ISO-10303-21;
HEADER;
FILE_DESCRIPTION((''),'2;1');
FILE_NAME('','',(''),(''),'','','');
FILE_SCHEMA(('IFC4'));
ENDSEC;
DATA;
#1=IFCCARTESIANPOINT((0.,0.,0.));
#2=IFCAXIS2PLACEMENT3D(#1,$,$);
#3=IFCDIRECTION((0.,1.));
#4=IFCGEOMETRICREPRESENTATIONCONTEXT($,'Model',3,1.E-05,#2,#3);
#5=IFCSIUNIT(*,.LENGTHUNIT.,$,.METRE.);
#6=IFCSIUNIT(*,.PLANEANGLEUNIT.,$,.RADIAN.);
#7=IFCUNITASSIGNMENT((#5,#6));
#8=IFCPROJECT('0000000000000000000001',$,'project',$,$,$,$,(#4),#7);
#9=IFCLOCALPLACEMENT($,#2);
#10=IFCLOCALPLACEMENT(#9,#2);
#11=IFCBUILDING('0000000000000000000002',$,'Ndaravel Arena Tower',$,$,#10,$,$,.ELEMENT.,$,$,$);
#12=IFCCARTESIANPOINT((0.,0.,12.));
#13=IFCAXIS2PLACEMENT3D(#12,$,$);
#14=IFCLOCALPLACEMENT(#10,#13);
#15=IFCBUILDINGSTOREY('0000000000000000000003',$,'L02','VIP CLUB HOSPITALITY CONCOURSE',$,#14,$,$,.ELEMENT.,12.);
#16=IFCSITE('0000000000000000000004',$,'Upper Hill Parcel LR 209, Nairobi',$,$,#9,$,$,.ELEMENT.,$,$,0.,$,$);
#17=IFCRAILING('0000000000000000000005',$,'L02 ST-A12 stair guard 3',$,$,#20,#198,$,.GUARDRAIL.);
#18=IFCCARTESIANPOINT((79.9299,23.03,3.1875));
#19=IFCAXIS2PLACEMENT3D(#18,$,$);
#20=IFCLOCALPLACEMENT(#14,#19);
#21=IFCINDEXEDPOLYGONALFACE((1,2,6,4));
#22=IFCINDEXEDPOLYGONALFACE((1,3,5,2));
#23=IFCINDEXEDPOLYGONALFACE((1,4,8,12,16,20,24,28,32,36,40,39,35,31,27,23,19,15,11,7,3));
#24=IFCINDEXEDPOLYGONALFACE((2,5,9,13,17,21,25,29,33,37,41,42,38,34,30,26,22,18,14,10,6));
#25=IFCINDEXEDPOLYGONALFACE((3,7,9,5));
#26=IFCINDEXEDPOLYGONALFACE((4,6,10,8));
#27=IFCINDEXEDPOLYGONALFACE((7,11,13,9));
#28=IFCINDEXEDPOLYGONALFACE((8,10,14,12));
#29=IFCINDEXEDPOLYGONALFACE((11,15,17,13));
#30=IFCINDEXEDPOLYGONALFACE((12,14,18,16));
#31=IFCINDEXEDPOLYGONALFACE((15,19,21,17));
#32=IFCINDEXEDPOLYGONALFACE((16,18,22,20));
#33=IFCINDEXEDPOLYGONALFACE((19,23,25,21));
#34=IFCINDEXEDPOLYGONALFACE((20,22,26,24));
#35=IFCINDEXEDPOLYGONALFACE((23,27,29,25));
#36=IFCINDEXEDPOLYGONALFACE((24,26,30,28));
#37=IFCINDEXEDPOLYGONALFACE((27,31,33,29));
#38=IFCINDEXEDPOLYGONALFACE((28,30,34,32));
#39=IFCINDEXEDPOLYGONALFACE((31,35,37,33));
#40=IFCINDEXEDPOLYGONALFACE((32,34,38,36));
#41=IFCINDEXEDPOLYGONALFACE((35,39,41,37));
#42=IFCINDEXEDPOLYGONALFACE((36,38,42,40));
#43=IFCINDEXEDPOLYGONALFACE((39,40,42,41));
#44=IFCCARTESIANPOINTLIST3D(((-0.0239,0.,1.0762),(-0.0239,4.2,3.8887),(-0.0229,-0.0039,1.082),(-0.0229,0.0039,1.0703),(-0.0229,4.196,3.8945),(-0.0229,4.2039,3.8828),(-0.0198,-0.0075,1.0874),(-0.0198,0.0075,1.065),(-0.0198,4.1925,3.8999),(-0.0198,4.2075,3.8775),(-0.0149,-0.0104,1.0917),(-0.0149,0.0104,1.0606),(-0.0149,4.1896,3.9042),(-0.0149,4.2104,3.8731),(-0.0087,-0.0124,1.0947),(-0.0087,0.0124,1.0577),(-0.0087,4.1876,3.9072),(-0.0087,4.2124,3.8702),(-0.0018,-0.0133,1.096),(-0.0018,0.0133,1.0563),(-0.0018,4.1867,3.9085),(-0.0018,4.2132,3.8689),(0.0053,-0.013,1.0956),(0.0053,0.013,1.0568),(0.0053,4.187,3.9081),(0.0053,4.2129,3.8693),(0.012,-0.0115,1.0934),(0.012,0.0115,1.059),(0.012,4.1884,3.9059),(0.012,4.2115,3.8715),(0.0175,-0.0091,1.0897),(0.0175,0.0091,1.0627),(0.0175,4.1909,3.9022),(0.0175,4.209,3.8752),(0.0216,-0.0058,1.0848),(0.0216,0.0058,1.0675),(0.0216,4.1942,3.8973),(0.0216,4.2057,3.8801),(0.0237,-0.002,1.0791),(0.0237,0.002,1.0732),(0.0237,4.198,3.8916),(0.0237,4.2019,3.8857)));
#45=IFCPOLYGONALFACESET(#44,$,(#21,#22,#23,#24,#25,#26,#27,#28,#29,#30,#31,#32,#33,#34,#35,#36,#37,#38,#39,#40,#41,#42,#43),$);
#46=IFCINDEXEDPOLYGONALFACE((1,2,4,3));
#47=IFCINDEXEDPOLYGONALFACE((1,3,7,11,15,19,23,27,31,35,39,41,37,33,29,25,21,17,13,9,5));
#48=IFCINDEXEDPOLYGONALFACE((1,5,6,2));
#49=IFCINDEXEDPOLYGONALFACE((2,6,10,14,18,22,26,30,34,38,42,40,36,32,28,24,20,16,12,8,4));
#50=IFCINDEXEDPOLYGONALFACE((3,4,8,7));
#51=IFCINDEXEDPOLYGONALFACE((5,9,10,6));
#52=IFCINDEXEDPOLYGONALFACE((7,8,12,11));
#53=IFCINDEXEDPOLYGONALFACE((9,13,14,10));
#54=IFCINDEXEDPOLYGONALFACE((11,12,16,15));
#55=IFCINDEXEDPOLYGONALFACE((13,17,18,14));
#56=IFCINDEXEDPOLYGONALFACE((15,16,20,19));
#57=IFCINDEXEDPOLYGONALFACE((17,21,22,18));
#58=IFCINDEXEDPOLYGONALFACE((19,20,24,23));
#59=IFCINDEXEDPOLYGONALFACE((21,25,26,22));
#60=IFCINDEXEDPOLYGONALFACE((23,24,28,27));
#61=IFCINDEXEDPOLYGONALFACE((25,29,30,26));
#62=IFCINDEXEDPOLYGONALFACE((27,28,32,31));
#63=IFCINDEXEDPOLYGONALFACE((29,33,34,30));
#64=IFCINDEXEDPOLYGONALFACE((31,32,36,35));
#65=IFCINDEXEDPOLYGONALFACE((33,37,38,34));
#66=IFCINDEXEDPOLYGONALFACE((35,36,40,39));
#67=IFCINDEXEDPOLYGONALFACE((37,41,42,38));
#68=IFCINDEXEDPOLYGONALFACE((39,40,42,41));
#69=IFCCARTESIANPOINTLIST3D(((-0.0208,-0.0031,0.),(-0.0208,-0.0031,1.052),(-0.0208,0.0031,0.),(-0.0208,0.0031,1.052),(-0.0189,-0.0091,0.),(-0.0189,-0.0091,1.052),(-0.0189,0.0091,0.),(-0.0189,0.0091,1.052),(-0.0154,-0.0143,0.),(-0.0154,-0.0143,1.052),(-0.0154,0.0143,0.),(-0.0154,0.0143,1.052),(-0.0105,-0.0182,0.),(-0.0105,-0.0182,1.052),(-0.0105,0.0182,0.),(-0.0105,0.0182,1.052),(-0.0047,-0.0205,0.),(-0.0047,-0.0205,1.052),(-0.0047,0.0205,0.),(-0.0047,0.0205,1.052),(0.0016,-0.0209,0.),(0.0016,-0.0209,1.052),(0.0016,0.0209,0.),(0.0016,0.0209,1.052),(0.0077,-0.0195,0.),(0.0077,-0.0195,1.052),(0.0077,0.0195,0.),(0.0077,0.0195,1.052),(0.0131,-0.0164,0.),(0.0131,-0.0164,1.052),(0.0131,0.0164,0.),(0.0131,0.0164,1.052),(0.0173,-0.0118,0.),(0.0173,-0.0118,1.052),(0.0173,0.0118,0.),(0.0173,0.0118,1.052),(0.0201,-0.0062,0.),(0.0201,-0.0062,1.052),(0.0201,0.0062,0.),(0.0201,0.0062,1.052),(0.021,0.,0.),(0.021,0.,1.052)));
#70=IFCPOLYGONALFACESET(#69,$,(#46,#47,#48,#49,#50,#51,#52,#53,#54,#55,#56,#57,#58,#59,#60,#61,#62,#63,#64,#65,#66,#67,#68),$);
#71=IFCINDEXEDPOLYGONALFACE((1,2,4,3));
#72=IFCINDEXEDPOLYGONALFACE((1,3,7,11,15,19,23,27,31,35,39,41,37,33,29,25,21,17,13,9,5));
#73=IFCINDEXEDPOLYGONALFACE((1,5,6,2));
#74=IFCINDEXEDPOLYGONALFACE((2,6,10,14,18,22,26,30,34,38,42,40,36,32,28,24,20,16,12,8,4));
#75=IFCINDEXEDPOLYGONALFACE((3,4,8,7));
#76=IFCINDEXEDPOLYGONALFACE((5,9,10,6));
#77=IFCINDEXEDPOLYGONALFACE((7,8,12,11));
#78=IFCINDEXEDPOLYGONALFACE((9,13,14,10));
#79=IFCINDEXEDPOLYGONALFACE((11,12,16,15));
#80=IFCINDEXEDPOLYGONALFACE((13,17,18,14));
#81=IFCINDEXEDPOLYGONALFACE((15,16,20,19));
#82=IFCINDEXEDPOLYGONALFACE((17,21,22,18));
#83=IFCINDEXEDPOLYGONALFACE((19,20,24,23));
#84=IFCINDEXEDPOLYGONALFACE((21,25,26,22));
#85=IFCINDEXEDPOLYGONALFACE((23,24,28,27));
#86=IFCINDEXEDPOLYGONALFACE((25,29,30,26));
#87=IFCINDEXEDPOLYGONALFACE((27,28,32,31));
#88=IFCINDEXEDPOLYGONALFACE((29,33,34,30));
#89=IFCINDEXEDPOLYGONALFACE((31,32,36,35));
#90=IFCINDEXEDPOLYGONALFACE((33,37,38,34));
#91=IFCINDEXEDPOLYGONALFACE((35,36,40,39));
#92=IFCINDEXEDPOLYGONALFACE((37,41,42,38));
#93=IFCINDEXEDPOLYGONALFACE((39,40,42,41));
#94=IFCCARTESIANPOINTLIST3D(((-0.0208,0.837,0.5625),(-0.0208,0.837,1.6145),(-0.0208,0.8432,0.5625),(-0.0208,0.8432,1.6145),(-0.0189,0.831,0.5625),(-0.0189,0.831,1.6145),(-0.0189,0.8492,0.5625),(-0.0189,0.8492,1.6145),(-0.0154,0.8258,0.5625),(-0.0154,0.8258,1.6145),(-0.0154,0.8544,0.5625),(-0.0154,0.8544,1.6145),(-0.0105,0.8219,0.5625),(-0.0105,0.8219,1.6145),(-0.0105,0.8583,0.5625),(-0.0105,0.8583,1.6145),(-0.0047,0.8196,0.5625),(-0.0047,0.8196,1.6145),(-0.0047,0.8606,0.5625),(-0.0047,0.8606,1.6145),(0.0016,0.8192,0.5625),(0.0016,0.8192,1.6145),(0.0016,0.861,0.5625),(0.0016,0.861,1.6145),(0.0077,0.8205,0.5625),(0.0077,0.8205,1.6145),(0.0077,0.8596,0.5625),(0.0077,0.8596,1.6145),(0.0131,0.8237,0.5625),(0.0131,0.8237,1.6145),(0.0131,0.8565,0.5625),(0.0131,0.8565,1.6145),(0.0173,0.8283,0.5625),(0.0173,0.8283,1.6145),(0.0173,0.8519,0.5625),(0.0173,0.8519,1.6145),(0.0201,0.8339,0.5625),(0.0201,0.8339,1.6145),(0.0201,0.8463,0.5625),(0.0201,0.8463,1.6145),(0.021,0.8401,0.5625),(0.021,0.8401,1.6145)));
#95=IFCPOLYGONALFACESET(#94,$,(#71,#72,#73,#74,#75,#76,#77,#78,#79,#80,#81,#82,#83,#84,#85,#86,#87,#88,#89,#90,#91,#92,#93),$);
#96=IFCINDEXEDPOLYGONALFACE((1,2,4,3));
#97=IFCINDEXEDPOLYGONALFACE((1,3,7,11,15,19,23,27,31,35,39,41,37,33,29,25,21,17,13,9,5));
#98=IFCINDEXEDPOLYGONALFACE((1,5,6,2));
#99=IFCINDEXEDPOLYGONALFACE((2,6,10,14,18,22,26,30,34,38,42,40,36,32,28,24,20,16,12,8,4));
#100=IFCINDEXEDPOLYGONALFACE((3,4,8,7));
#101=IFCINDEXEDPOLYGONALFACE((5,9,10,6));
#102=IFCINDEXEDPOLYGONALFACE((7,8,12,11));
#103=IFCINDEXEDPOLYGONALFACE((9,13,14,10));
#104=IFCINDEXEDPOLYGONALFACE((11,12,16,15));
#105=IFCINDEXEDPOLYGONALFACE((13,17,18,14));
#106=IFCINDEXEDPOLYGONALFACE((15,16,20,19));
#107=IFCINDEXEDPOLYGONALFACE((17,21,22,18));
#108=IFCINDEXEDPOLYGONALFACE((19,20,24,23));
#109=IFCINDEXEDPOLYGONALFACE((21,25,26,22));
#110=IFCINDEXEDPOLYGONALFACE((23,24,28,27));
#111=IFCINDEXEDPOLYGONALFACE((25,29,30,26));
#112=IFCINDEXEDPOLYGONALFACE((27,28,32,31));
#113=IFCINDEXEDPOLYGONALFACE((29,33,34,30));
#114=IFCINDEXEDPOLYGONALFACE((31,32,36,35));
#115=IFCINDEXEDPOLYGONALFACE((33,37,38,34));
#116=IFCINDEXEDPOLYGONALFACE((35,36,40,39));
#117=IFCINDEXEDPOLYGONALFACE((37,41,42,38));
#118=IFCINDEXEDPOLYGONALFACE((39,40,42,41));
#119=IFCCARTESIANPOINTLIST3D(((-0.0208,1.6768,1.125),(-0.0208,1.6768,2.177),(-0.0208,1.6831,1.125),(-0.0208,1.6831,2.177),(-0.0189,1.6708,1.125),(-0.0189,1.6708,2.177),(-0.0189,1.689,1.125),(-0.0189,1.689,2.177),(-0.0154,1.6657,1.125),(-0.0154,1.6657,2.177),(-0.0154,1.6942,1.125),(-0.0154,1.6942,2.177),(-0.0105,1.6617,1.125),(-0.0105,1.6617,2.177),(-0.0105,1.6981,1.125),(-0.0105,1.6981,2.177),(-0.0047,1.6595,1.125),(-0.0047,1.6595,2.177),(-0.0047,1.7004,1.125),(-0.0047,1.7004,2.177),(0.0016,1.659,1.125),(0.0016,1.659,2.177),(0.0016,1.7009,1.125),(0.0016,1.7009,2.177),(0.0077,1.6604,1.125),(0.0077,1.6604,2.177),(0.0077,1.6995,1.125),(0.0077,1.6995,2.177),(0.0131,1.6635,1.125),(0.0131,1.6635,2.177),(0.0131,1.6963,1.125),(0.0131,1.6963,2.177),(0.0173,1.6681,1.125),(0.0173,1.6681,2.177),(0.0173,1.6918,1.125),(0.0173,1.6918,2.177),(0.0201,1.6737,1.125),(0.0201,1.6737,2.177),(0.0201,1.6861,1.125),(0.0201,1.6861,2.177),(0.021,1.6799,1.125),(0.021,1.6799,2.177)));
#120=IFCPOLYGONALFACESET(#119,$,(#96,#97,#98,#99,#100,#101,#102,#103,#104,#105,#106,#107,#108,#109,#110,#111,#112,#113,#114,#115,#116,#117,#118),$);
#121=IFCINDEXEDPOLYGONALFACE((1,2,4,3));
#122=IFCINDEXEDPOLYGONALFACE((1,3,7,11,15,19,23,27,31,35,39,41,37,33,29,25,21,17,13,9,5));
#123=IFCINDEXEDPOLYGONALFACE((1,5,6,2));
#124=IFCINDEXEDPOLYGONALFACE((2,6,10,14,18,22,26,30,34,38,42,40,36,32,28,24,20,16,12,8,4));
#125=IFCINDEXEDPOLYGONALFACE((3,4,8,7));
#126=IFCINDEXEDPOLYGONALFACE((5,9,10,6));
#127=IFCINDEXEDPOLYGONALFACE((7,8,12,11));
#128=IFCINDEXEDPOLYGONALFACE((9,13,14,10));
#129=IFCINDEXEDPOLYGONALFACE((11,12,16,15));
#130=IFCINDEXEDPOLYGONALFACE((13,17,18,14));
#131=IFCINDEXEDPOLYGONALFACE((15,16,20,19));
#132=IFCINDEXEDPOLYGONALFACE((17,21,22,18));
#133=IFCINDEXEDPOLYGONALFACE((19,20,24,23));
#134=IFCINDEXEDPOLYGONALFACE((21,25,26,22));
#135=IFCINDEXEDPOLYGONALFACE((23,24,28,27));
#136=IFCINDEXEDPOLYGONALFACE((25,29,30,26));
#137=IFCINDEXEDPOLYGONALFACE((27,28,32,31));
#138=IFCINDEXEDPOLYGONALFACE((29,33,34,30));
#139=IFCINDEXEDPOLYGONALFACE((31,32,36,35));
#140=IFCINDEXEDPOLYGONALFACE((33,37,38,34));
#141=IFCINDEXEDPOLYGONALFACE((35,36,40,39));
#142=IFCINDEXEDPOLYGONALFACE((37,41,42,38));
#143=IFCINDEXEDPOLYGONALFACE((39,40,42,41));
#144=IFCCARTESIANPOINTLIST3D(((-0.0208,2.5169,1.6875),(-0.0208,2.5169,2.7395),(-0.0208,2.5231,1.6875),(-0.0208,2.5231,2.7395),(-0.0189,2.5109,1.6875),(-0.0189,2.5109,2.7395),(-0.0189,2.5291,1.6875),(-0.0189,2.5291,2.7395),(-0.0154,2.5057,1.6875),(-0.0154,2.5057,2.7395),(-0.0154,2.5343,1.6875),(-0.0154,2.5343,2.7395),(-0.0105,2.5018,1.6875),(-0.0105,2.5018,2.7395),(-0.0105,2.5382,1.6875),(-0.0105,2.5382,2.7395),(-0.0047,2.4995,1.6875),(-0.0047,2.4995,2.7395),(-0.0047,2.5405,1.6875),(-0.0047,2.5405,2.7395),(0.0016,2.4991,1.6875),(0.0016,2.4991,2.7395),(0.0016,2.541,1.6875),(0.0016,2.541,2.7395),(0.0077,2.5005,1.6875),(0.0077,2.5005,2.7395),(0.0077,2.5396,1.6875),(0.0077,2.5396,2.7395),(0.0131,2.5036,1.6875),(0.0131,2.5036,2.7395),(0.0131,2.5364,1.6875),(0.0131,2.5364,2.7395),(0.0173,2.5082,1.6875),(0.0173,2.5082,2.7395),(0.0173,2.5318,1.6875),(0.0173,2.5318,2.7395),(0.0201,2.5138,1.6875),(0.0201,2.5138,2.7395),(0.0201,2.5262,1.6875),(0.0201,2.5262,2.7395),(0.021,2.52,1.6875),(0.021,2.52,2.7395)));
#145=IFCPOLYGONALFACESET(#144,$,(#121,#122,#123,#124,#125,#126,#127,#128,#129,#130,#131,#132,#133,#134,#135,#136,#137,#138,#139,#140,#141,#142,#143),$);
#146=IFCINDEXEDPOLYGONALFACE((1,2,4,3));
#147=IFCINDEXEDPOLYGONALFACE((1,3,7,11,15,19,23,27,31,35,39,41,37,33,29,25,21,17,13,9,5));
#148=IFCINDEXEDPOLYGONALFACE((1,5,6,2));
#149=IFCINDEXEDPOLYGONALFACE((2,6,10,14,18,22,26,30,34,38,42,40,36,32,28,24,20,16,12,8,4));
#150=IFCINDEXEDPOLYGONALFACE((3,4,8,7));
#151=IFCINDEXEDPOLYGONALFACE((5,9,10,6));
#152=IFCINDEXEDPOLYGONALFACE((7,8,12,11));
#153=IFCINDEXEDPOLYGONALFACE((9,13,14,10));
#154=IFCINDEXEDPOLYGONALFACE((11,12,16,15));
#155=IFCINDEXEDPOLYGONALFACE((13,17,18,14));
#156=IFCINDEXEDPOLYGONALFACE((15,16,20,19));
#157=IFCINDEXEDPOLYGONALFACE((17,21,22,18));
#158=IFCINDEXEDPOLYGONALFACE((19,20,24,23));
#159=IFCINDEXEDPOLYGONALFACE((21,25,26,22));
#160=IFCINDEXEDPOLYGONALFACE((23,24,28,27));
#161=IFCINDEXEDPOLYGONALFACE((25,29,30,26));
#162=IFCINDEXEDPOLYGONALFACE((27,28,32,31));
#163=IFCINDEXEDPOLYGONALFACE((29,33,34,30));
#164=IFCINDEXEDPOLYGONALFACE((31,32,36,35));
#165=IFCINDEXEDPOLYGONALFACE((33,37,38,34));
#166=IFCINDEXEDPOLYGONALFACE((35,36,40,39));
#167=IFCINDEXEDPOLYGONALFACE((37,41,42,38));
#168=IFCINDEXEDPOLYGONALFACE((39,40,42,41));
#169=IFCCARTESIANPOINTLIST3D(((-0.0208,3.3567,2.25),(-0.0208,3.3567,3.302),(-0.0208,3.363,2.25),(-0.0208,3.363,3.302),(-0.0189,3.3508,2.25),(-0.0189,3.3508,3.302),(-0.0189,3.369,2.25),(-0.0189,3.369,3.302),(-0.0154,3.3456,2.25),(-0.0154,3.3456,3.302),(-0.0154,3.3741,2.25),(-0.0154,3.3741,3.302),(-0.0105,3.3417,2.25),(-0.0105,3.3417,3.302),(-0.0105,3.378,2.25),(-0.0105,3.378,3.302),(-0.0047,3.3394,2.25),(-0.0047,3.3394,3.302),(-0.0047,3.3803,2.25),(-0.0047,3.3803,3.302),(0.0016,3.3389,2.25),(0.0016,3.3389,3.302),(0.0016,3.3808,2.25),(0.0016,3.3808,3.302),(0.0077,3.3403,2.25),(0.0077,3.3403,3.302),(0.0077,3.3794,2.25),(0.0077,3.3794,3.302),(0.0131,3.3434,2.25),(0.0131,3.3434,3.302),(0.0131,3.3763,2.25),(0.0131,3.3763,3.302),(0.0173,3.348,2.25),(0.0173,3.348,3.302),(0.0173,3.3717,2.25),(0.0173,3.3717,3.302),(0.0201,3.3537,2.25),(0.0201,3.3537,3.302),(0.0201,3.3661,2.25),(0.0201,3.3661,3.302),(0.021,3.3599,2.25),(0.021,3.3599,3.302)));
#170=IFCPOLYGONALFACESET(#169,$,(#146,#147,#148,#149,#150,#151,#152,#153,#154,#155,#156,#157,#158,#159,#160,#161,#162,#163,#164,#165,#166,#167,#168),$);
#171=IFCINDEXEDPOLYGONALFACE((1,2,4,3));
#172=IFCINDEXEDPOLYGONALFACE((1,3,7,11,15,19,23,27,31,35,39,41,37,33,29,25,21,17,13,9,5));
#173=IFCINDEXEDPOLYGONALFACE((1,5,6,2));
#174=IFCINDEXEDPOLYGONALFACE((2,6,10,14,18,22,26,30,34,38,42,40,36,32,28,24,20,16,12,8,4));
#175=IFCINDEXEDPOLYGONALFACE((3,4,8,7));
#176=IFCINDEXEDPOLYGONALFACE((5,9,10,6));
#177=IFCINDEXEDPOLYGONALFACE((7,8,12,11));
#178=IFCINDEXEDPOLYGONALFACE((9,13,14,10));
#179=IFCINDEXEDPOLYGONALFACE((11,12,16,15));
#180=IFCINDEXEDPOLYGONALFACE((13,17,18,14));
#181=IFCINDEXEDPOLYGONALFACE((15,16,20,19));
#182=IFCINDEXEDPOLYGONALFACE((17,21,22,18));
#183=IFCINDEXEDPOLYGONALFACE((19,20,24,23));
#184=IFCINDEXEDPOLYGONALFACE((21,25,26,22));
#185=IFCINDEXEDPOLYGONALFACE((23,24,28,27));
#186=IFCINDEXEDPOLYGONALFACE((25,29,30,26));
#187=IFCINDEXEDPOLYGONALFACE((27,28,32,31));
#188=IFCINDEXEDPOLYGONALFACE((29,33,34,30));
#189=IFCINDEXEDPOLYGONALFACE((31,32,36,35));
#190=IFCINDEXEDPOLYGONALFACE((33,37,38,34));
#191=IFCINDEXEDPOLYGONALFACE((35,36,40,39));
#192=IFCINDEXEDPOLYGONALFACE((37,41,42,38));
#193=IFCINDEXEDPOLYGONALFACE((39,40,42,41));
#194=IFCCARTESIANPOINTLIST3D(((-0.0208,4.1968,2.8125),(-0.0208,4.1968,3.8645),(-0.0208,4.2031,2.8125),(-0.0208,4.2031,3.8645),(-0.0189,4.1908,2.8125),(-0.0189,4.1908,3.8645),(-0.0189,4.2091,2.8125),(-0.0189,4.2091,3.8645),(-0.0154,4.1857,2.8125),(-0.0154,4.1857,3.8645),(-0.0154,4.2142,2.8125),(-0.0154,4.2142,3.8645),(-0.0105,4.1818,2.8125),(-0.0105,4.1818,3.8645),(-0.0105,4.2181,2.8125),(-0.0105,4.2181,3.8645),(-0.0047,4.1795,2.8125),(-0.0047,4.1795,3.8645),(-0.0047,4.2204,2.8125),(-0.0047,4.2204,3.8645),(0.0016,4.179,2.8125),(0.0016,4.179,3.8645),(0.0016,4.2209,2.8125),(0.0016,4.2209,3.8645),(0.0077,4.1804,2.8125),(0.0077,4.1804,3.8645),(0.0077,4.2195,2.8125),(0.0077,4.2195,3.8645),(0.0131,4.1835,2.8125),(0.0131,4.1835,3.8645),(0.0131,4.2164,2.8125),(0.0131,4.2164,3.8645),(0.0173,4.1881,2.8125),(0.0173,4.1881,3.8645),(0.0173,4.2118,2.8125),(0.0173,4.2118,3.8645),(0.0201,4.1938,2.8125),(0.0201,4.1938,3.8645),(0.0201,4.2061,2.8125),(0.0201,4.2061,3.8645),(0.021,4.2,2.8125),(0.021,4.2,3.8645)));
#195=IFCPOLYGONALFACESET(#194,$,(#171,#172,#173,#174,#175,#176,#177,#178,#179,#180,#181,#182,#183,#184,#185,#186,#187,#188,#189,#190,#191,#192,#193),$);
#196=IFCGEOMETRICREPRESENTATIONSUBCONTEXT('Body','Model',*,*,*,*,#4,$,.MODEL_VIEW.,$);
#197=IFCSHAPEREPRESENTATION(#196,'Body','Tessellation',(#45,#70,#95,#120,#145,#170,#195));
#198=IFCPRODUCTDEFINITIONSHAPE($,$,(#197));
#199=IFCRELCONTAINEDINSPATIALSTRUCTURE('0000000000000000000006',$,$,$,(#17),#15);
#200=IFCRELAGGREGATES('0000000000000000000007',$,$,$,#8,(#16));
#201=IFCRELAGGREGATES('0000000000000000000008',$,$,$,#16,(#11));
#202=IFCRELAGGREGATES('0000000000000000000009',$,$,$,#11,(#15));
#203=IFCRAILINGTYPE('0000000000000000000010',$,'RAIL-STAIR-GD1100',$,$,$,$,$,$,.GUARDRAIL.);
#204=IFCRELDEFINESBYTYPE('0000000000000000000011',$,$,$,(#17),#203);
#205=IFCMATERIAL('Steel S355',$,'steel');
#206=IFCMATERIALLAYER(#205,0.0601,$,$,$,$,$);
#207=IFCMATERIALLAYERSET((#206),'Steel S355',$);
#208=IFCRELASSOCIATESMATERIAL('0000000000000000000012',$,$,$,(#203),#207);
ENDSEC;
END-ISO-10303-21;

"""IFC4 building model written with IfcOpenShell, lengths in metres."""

from ifc_helpers import new_model, si_unit, direction, frame, origin, origin_2d, place, context, subcontext, project, spatial, circle, extrude, material, layer, layer_set, type_object, element, save


model = new_model("IFC4")

# Units and contexts
model_context = context("Model", 3, precision=1e-05, world=origin(), true_north=direction((0.0, 1.0)))
body_context = subcontext(model_context, "Body", "Model", "MODEL_VIEW")
ifc_project = project(units=[si_unit("LENGTHUNIT", "METRE"), si_unit("PLANEANGLEUNIT", "RADIAN")], contexts=[model_context])

# Site, building, storey
site_placement = place(None, origin())
site = spatial("IfcSite", under=ifc_project, at=site_placement, Name="Upper Hill Parcel LR 209, Nairobi", CompositionType="ELEMENT", RefElevation=0.0)
building_placement = place(site_placement, origin())
building = spatial("IfcBuilding", under=site, at=building_placement, Name="Ndaravel Arena Tower", CompositionType="ELEMENT")
storey_placement = place(building_placement, frame((0.0, 0.0, 12.0)))
storey = spatial("IfcBuildingStorey", under=building, at=storey_placement, Name="L02", Description="VIP CLUB HOSPITALITY CONCOURSE", CompositionType="ELEMENT", Elevation=12.0)

# Railing
ifc_material_1 = material(Name="Steel S355", Category="steel")
ifc_layer_1 = layer(ifc_material_1, 0.0601)
ifc_layer_set_1 = layer_set([ifc_layer_1], Name="Steel S355")
railing_type_1 = type_object("IfcRailingType", Name="RAIL-STAIR-GD1100", PredefinedType="GUARDRAIL", material=ifc_layer_set_1)
railing_1_placement = place(storey_placement, frame((79.9299, 23.03, 3.1875)))
element("IfcRailing", 1, at=railing_1_placement, inside=storey, type_object=railing_type_1, Name="L02 ST-A12 stair guard 3", PredefinedType="GUARDRAIL", context=body_context, shape_type="SweptSolid", body=[
    extrude(circle(Radius=0.0239, at=origin_2d()), frame((0.0, 0.0, 1.0762), z_axis=(0.0, 0.830904, 0.556416), x_axis=(-1.0, 0.0, 0.0)), (0.0, 0.0, 1.0), 5.0547),
    extrude(circle(Radius=0.021, at=origin_2d()), origin(), (0.0, 0.0, 1.0), 1.052),
    extrude(circle(Radius=0.021, at=origin_2d()), frame((0.0, 0.8401, 0.5625)), (0.0, 0.0, 1.0), 1.052),
    extrude(circle(Radius=0.021, at=origin_2d()), frame((0.0, 1.6799, 1.125)), (0.0, 0.0, 1.0), 1.052),
    extrude(circle(Radius=0.021, at=origin_2d()), frame((0.0, 2.52, 1.6875)), (0.0, 0.0, 1.0), 1.052),
    extrude(circle(Radius=0.021, at=origin_2d()), frame((0.0, 3.3599, 2.25)), (0.0, 0.0, 1.0), 1.052),
    extrude(circle(Radius=0.021, at=origin_2d()), frame((0.0, 4.2, 2.8125)), (0.0, 0.0, 1.0), 1.052),
])

save(model, "model.ifc")
